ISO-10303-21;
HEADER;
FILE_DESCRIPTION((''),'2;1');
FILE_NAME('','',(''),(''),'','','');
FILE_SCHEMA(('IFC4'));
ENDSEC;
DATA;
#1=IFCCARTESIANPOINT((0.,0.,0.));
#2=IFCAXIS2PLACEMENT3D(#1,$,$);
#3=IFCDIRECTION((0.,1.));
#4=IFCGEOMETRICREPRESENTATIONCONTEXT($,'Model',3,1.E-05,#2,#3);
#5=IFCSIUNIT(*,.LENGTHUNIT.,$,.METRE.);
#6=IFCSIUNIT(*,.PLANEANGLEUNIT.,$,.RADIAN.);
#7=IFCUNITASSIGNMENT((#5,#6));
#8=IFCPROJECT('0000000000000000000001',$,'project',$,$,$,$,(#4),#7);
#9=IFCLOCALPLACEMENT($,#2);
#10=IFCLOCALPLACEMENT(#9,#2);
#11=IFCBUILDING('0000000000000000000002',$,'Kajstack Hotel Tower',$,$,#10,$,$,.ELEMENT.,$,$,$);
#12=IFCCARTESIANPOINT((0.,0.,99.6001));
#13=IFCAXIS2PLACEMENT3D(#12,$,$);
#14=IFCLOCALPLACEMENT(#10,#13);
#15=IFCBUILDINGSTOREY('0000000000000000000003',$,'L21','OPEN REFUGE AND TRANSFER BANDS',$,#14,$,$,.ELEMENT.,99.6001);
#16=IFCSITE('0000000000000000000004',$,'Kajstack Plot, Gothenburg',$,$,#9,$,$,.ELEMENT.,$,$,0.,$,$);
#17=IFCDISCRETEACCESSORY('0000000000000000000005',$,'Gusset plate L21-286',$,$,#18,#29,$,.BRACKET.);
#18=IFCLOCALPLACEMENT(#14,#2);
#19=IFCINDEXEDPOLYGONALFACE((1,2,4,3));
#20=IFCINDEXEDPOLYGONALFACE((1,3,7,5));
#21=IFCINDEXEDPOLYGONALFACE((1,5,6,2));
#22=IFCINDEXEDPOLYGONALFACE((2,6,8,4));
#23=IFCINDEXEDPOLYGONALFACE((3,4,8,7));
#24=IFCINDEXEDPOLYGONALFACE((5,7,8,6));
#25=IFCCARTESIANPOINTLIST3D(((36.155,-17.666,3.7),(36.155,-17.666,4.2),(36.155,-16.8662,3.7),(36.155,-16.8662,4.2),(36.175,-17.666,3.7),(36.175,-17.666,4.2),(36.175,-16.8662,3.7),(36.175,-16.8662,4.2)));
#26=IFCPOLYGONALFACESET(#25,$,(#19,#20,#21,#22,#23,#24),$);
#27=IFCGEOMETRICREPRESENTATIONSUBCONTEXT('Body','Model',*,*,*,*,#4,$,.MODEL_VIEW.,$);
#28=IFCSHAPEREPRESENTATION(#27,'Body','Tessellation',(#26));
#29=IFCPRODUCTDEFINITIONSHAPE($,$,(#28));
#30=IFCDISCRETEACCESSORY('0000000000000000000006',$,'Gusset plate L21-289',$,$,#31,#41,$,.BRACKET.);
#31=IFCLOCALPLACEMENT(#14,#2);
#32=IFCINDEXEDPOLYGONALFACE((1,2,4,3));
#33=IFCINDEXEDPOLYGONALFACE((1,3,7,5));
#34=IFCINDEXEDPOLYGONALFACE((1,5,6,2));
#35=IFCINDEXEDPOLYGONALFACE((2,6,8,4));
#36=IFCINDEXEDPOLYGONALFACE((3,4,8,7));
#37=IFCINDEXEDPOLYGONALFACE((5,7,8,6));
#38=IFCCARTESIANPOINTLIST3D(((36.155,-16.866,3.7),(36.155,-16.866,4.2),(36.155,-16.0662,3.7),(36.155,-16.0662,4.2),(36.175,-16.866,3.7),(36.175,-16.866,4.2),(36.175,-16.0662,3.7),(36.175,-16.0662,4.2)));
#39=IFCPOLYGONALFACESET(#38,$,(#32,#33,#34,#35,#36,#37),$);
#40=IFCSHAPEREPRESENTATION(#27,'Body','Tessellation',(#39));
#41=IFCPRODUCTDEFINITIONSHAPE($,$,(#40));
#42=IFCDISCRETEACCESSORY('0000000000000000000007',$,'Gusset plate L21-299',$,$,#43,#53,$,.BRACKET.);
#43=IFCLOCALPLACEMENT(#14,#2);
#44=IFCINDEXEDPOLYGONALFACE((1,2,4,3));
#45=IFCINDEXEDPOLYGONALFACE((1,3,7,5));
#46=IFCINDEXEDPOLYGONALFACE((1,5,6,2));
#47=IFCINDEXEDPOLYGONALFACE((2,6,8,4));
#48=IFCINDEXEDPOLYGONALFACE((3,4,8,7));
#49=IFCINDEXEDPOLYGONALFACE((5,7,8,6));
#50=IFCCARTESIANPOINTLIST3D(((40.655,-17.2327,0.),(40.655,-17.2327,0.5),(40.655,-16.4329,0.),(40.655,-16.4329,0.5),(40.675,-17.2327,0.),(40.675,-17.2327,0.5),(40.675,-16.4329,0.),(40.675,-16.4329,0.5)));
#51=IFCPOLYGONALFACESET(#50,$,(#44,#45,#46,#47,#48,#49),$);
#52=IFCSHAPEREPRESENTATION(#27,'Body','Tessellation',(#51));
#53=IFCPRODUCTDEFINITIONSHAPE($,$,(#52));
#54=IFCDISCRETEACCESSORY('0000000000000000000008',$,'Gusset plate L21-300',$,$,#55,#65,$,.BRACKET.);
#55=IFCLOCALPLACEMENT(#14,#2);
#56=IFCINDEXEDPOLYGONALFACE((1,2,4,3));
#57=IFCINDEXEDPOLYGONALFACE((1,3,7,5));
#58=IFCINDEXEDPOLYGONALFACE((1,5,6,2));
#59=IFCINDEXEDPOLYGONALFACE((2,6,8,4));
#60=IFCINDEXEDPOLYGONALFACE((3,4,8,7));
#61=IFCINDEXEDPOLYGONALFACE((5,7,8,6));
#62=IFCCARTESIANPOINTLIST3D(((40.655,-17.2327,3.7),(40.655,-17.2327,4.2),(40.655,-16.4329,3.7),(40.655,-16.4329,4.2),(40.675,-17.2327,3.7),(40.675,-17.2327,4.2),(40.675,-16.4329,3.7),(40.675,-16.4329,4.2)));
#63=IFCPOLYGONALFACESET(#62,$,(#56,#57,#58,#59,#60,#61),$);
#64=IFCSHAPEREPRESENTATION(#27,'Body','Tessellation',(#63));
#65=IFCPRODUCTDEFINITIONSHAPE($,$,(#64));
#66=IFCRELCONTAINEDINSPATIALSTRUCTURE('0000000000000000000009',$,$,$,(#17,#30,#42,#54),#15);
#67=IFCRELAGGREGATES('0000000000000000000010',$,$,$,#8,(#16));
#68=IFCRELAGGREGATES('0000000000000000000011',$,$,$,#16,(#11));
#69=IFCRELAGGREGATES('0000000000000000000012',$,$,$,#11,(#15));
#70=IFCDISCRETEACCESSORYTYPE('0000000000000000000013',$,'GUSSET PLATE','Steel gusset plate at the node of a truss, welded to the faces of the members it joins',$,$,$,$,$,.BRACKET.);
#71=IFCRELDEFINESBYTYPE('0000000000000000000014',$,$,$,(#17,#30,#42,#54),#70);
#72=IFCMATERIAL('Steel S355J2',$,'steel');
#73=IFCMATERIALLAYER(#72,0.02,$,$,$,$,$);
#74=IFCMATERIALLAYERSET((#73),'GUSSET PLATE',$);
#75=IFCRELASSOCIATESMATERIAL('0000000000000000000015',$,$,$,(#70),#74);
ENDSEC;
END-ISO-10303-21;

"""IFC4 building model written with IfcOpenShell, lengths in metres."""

from ifc_helpers import new_model, si_unit, direction, frame, origin, place, context, subcontext, project, spatial, polyline, outline, extrude, material, layer, layer_set, type_object, element, save


model = new_model("IFC4")

# Units and contexts
model_context = context("Model", 3, precision=1e-05, world=origin(), true_north=direction((0.0, 1.0)))
body_context = subcontext(model_context, "Body", "Model", "MODEL_VIEW")
ifc_project = project(units=[si_unit("LENGTHUNIT", "METRE"), si_unit("PLANEANGLEUNIT", "RADIAN")], contexts=[model_context])

# Site, building, storey
site_placement = place(None, origin())
site = spatial("IfcSite", under=ifc_project, at=site_placement, Name="Kajstack Plot, Gothenburg", CompositionType="ELEMENT", RefElevation=0.0)
building_placement = place(site_placement, origin())
building = spatial("IfcBuilding", under=site, at=building_placement, Name="Kajstack Hotel Tower", CompositionType="ELEMENT")
storey_placement = place(building_placement, frame((0.0, 0.0, 99.6001)))
storey = spatial("IfcBuildingStorey", under=building, at=storey_placement, Name="L21", Description="OPEN REFUGE AND TRANSFER BANDS", CompositionType="ELEMENT", Elevation=99.6001)

# Shared definitions
ifc_material = material(Name="Steel S355J2", Category="steel")

# Discrete accessories
ifc_layer = layer(ifc_material, 0.02)
ifc_layer_set = layer_set([ifc_layer], Name="GUSSET PLATE")
discrete_accessory_type = type_object("IfcDiscreteAccessoryType", Name="GUSSET PLATE", Description="Steel gusset plate at the node of a truss, welded to the faces of the members it joins", PredefinedType="BRACKET", material=ifc_layer_set)
for number, where, z_axis, x_axis, name in (
    (1, (36.155, -17.2661, 3.7), (1.0, 0.0, 0.0), (0.0, 1.0, 0.0), "Gusset plate L21-286"),
):
    element("IfcDiscreteAccessory", number, at=place(storey_placement, frame(where, z_axis=z_axis, x_axis=x_axis)), inside=storey, type_object=discrete_accessory_type, Name=name, PredefinedType="BRACKET", context=body_context, shape_type="SweptSolid", body=[
        extrude(outline(polyline([(-0.3999, 0.0), (0.3999, 0.0), (0.3999, 0.5), (-0.3999, 0.5), (-0.3999, 0.0)])), origin(), (0.0, 0.0, 1.0), 0.02),
    ])
for number, where, z_axis, x_axis, name in (
    (2, (36.155, -16.4661, 3.7), (1.0, 0.0, 0.0), (0.0, 1.0, 0.0), "Gusset plate L21-289"),
    (3, (40.655, -16.8328, 0.0), (1.0, 0.0, 0.0), (0.0, 1.0, 0.0), "Gusset plate L21-299"),
    (4, (40.655, -16.8328, 3.7), (1.0, 0.0, 0.0), (0.0, 1.0, 0.0), "Gusset plate L21-300"),
):
    element("IfcDiscreteAccessory", number, at=place(storey_placement, frame(where, z_axis=z_axis, x_axis=x_axis)), inside=storey, type_object=discrete_accessory_type, Name=name, PredefinedType="BRACKET", context=body_context, shape_type="SweptSolid", body=[
        extrude(outline(polyline([(-0.3999, 0.0), (0.3999, 0.0), (0.3999, 0.5), (-0.3999, 0.5), (-0.3999, 0.0)])), origin(), (0.0, 0.0, 1.0), 0.02),
    ])

save(model, "model.ifc")
